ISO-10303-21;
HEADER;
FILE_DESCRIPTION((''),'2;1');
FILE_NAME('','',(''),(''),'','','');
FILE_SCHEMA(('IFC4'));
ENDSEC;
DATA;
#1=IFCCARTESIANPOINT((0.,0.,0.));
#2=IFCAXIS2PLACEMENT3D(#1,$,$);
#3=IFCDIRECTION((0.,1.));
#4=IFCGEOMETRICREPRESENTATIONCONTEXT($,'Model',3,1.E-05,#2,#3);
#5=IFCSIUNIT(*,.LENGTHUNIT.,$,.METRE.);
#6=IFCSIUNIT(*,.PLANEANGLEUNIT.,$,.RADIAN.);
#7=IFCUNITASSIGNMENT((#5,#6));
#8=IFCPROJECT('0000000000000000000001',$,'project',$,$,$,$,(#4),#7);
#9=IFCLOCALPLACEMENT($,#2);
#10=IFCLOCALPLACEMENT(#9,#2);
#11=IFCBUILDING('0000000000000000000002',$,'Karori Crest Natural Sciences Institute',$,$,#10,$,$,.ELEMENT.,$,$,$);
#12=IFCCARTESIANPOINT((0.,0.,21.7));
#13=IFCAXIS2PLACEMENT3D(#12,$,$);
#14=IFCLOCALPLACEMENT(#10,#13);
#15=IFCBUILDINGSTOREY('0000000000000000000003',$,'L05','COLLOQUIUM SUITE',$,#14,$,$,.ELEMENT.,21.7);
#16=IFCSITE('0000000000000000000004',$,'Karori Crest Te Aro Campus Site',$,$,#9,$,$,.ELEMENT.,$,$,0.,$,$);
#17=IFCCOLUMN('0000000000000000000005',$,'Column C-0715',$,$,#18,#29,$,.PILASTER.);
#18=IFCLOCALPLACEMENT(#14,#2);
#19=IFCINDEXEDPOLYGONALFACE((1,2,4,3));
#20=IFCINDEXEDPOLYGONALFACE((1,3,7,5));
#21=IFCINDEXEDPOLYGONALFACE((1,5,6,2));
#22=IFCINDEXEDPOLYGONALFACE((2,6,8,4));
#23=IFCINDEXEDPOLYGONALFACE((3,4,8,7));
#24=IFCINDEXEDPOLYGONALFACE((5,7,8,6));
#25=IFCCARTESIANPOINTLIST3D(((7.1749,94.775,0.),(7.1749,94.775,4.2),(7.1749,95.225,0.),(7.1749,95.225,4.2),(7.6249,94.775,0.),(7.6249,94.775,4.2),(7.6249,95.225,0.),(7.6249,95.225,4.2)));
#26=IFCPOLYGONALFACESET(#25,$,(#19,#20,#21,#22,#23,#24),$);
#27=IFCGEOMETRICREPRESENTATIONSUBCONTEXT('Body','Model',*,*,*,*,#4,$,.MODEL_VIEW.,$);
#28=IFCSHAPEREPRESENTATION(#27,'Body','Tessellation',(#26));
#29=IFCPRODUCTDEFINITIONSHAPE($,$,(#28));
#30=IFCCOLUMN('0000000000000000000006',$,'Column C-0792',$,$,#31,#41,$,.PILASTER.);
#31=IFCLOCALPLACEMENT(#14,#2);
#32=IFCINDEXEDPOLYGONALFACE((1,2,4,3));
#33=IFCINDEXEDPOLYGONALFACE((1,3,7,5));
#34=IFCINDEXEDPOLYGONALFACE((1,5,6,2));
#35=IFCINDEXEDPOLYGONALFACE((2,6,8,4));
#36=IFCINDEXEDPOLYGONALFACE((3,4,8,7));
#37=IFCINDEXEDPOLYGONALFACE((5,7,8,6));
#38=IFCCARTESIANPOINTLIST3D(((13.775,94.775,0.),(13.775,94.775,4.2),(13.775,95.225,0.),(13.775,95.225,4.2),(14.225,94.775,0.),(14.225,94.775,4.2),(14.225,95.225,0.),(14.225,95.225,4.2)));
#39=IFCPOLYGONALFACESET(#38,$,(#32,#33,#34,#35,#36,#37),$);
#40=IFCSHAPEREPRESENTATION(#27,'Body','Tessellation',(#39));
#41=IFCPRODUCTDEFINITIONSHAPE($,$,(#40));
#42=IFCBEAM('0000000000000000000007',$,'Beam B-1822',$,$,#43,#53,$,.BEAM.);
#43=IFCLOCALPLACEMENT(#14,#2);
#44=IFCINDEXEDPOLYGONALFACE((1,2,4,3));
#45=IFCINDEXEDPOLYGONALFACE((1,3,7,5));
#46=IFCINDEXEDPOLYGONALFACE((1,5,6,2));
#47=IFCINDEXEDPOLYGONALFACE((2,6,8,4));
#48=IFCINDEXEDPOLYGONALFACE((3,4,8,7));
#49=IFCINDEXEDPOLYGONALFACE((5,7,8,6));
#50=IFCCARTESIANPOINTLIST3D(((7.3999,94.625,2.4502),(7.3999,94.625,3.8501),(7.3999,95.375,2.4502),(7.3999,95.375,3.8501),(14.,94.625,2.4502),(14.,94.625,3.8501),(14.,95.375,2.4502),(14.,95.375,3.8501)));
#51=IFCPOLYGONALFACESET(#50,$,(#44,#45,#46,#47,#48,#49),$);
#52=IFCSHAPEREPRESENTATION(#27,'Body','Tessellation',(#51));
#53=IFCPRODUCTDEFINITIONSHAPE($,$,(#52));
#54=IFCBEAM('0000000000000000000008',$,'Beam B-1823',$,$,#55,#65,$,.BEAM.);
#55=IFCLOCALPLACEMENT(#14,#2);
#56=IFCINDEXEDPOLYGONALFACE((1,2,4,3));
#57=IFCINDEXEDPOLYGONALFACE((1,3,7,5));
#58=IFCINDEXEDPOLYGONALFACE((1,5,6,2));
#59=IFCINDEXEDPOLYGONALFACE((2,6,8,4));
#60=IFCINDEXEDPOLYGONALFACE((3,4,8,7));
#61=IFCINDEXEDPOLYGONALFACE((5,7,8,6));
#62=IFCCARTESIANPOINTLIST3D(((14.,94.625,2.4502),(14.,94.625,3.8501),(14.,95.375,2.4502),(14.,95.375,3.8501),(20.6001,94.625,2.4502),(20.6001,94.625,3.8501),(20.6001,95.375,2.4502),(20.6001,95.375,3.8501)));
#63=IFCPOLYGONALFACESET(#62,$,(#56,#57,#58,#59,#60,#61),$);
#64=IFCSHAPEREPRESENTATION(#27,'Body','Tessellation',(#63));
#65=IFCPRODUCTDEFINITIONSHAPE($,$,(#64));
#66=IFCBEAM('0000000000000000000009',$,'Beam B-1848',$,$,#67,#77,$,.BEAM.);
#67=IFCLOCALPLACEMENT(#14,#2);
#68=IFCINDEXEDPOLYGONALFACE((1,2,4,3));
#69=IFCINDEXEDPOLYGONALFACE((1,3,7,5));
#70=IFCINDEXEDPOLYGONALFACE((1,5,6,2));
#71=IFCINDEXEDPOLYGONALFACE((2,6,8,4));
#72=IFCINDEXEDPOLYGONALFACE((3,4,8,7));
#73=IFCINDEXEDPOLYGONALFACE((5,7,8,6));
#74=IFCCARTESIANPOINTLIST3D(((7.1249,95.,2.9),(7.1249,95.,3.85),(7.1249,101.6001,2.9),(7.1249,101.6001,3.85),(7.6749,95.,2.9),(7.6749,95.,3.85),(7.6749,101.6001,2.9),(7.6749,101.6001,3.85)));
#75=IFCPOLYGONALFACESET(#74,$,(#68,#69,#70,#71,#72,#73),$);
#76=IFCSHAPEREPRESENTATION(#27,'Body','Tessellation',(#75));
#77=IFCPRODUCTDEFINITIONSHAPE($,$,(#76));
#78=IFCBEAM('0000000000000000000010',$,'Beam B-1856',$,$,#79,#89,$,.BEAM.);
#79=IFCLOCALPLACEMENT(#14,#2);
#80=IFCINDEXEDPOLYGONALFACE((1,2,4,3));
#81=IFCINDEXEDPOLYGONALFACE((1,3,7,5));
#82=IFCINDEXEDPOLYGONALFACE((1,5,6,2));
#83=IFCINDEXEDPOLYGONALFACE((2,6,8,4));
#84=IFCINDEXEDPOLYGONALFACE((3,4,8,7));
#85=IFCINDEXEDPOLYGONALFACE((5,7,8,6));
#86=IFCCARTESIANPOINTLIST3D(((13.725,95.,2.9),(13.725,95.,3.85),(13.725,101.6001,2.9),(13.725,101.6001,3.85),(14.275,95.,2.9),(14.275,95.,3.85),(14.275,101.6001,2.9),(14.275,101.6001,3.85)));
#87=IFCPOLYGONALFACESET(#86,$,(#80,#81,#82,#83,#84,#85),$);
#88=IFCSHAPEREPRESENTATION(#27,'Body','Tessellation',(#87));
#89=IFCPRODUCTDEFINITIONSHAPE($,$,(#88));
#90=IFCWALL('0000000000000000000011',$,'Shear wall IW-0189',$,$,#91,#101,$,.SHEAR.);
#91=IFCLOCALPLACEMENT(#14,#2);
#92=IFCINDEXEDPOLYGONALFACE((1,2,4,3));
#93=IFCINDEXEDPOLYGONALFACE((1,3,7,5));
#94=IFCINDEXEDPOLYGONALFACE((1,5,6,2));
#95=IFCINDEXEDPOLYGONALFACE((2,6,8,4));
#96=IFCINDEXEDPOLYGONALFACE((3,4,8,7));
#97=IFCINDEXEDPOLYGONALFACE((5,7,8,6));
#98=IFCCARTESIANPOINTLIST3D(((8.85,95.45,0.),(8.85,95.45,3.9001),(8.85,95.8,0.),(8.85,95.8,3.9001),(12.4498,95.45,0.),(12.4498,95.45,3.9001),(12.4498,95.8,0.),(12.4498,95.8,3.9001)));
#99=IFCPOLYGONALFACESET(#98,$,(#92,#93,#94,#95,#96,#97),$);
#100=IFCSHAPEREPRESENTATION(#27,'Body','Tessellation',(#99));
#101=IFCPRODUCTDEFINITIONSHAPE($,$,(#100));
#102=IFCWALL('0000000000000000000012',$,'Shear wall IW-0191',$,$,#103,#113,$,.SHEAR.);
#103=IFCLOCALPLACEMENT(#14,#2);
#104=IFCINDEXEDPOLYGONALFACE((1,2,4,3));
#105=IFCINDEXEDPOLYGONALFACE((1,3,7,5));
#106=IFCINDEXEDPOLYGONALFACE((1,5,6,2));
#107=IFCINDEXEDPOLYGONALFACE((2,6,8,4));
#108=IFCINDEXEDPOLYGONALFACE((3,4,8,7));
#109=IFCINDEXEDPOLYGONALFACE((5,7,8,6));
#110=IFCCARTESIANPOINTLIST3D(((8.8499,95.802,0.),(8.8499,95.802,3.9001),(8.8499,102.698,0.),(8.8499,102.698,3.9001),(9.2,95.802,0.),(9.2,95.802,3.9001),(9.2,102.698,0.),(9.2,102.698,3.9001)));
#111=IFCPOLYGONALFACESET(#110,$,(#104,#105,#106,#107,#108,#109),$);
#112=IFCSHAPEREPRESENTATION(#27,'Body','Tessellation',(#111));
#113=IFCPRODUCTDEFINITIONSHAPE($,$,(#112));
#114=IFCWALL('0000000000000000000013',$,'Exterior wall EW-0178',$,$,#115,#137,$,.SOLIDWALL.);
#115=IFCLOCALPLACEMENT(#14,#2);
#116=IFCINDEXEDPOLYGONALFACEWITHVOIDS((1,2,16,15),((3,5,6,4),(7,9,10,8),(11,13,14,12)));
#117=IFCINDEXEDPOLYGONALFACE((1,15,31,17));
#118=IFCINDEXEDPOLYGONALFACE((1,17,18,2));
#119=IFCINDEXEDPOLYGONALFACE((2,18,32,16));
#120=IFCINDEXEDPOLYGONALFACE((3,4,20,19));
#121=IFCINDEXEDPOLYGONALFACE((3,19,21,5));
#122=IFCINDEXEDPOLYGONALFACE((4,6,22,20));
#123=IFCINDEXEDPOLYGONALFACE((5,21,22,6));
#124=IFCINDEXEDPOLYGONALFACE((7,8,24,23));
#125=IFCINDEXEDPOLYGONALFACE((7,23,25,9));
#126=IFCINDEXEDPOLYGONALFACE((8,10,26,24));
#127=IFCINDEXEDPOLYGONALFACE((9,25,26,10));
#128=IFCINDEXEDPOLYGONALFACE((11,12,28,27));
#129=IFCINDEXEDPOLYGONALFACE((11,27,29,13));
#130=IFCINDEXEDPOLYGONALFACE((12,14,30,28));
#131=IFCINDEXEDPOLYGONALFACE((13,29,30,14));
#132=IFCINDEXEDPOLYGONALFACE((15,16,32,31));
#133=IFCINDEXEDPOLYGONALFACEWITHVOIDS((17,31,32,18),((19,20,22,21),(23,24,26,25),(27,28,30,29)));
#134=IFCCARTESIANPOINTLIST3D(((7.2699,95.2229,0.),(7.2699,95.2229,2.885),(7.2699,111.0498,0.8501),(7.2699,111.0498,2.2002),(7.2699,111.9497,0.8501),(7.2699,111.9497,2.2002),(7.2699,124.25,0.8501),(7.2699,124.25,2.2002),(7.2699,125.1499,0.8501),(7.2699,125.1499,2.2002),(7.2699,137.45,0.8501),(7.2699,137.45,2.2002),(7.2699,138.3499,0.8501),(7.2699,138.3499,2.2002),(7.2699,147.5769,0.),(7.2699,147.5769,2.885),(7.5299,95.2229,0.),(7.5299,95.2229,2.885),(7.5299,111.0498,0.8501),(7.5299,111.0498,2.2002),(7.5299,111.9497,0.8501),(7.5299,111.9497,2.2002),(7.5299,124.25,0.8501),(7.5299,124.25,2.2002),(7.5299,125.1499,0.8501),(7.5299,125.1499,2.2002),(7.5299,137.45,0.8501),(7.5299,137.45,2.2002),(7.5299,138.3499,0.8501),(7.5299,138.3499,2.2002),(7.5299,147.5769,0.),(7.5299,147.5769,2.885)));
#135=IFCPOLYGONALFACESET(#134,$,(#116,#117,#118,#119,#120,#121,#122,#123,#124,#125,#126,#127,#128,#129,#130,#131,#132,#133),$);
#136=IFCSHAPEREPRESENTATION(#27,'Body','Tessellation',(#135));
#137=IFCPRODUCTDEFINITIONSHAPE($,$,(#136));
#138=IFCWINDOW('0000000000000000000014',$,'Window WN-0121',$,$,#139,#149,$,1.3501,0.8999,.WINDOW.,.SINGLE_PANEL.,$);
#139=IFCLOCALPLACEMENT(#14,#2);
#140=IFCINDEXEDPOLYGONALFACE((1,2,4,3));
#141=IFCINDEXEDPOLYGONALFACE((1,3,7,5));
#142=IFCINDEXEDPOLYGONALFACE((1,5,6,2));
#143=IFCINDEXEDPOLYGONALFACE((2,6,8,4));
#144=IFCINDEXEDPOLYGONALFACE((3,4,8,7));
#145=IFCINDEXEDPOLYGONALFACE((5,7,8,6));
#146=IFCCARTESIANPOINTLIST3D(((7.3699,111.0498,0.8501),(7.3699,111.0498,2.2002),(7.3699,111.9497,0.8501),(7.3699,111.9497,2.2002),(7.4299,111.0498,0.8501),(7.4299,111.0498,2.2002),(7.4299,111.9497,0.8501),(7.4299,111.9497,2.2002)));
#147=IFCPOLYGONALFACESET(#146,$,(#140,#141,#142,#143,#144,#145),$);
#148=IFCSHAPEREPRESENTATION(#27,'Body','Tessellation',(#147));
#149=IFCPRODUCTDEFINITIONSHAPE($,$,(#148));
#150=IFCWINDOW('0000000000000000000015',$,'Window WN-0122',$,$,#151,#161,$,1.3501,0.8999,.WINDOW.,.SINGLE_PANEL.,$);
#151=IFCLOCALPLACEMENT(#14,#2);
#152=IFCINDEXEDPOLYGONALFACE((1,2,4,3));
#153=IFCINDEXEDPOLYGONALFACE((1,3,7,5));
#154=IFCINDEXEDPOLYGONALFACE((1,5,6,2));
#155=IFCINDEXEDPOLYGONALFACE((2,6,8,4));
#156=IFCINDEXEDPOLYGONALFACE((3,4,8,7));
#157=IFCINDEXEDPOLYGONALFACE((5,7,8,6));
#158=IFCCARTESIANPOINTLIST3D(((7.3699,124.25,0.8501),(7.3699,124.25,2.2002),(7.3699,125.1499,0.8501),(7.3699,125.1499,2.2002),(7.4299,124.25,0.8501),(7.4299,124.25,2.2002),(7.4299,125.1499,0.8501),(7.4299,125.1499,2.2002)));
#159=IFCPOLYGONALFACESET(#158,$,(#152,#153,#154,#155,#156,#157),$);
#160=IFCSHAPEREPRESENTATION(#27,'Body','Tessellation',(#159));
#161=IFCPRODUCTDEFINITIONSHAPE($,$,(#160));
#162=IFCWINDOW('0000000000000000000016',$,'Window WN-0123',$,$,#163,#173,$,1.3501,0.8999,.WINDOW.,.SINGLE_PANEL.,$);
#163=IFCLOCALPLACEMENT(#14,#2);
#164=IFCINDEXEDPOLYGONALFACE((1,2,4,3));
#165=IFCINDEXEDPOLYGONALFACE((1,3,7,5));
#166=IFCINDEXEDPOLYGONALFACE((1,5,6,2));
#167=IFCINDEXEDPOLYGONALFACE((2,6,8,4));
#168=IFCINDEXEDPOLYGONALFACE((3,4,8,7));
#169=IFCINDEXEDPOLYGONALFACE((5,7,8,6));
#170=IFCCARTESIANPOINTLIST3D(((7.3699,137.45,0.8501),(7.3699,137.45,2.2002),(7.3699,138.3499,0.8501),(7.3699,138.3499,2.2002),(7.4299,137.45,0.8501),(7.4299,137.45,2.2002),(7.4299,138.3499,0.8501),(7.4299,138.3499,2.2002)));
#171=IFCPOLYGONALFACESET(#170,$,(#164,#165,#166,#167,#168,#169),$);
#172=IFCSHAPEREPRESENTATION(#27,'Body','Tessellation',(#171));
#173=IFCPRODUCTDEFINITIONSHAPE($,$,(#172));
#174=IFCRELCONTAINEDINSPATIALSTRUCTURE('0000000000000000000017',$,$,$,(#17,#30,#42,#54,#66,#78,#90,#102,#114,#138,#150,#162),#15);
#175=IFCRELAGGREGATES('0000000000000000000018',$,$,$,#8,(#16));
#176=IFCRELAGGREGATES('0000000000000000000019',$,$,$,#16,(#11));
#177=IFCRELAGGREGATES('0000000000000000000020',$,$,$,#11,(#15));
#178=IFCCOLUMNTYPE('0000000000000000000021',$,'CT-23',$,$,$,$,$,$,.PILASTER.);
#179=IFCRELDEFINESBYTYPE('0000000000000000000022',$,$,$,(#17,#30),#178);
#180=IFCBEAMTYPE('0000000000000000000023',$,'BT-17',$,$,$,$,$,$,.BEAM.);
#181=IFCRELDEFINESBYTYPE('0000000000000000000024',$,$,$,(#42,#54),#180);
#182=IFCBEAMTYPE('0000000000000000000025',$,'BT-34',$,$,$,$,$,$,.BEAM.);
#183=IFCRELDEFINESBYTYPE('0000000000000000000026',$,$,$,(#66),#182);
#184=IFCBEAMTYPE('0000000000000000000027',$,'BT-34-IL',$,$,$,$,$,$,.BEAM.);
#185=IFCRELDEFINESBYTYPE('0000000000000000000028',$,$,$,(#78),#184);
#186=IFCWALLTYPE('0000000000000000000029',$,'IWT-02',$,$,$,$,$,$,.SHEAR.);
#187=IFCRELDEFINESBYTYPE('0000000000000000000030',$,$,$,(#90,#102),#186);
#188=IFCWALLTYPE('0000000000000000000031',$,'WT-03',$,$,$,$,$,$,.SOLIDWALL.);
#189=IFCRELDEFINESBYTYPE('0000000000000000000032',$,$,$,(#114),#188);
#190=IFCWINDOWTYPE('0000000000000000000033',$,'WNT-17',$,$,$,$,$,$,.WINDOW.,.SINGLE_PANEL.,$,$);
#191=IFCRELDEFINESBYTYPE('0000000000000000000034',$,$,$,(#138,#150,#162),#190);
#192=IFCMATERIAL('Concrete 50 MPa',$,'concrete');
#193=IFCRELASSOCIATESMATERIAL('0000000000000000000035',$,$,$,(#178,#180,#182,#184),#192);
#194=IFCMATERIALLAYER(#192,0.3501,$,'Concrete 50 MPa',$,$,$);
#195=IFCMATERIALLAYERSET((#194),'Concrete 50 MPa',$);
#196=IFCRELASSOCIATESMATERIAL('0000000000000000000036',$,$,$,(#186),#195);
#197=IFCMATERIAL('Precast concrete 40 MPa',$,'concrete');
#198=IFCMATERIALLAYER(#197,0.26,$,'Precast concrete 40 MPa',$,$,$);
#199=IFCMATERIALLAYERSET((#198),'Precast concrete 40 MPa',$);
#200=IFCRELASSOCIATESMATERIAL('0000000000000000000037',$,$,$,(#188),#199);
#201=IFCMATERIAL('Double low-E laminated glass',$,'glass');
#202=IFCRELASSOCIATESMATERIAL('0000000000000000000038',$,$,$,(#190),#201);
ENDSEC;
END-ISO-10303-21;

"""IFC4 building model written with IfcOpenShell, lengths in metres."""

from ifc_helpers import new_model, si_unit, direction, frame, frame_2d, origin, origin_2d, place, context, subcontext, project, spatial, rectangle, extrude, material, layer, layer_set, material_profile, profile_set, type_object, element, fill, save


model = new_model("IFC4")

# Units and contexts
model_context = context("Model", 3, precision=1e-05, world=origin(), true_north=direction((0.0, 1.0)))
body_context = subcontext(model_context, "Body", "Model", "MODEL_VIEW")
ifc_project = project(units=[si_unit("LENGTHUNIT", "METRE"), si_unit("PLANEANGLEUNIT", "RADIAN")], contexts=[model_context])

# Site, building, storey
site_placement = place(None, origin())
site = spatial("IfcSite", under=ifc_project, at=site_placement, Name="Karori Crest Te Aro Campus Site", CompositionType="ELEMENT", RefElevation=0.0)
building_placement = place(site_placement, origin())
building = spatial("IfcBuilding", under=site, at=building_placement, Name="Karori Crest Natural Sciences Institute", CompositionType="ELEMENT")
storey_placement = place(building_placement, frame((0.0, 0.0, 21.7)))
storey = spatial("IfcBuildingStorey", under=building, at=storey_placement, Name="L05", Description="COLLOQUIUM SUITE", CompositionType="ELEMENT", Elevation=21.7)

# Columns
ifc_material_1 = material(Name="Concrete 50 MPa", Category="concrete")
ifc_material_profile_1 = material_profile(ifc_material_1, rectangle(XDim=0.45, YDim=0.45, at=origin_2d()), Name="RC450x450")
ifc_profile_set_1 = profile_set([ifc_material_profile_1], Name="Concrete 50 MPa")
column_type = type_object("IfcColumnType", Name="CT-23", PredefinedType="PILASTER", material=ifc_profile_set_1)
for number, where, z_axis, x_axis, name in (
    (1, (7.3999, 95.0, 0.0), (0.0, 0.0, 1.0), (1.0, 0.0, 0.0), "Column C-0715"),
    (2, (14.0, 95.0, 0.0), (0.0, 0.0, 1.0), (1.0, 0.0, 0.0), "Column C-0792"),
):
    element("IfcColumn", number, at=place(storey_placement, frame(where, z_axis=z_axis, x_axis=x_axis)), inside=storey, type_object=column_type, Name=name, PredefinedType="PILASTER", context=body_context, shape_type="SweptSolid", body=[
        extrude(rectangle(XDim=0.45, YDim=0.45, at=origin_2d()), origin(), (0.0, 0.0, 1.0), 4.2),
    ])

# Beams
ifc_material_profile_2 = material_profile(ifc_material_1, rectangle(XDim=0.75, YDim=1.3999, at=origin_2d()), Name="RCB750x1400")
ifc_profile_set_2 = profile_set([ifc_material_profile_2], Name="Concrete 50 MPa")
beam_type_1 = type_object("IfcBeamType", Name="BT-17", PredefinedType="BEAM", material=ifc_profile_set_2)
for number, where, z_axis, x_axis, name in (
    (3, (7.3999, 95.0, 3.1501), (1.0, 0.0, 0.0), (0.0, 1.0, 0.0), "Beam B-1822"),
    (4, (14.0, 95.0, 3.1501), (1.0, 0.0, 0.0), (0.0, 1.0, 0.0), "Beam B-1823"),
):
    element("IfcBeam", number, at=place(storey_placement, frame(where, z_axis=z_axis, x_axis=x_axis)), inside=storey, type_object=beam_type_1, Name=name, PredefinedType="BEAM", context=body_context, shape_type="SweptSolid", body=[
        extrude(rectangle(XDim=0.75, YDim=1.3999, at=origin_2d()), origin(), (0.0, 0.0, 1.0), 6.6001),
    ])
ifc_material_profile_3 = material_profile(ifc_material_1, rectangle(XDim=0.55, YDim=0.95, at=origin_2d()), Name="RCB550x950")
ifc_profile_set_3 = profile_set([ifc_material_profile_3], Name="Concrete 50 MPa")
beam_type_2 = type_object("IfcBeamType", Name="BT-34", PredefinedType="BEAM", material=ifc_profile_set_3)
beam_1_placement = place(storey_placement, frame((7.3999, 95.0, 3.375), z_axis=(0.0, 1.0, 0.0), x_axis=(-1.0, 0.0, 0.0)))
element("IfcBeam", 5, at=beam_1_placement, inside=storey, type_object=beam_type_2, Name="Beam B-1848", PredefinedType="BEAM", context=body_context, shape_type="SweptSolid", body=[
    extrude(rectangle(XDim=0.55, YDim=0.95, at=origin_2d()), origin(), (0.0, 0.0, 1.0), 6.6001),
])
ifc_material_profile_4 = material_profile(ifc_material_1, rectangle(XDim=0.55, YDim=0.95, at=origin_2d()), Name="RCB550x950")
ifc_profile_set_4 = profile_set([ifc_material_profile_4], Name="Concrete 50 MPa")
beam_type_3 = type_object("IfcBeamType", Name="BT-34-IL", PredefinedType="BEAM", material=ifc_profile_set_4)
beam_2_placement = place(storey_placement, frame((14.0, 95.0, 3.375), z_axis=(0.0, 1.0, 0.0), x_axis=(-1.0, 0.0, 0.0)))
element("IfcBeam", 6, at=beam_2_placement, inside=storey, type_object=beam_type_3, Name="Beam B-1856", PredefinedType="BEAM", context=body_context, shape_type="SweptSolid", body=[
    extrude(rectangle(XDim=0.55, YDim=0.95, at=origin_2d()), origin(), (0.0, 0.0, 1.0), 6.6001),
])

# Walls
ifc_layer_1 = layer(ifc_material_1, 0.3501, Name="Concrete 50 MPa")
ifc_layer_set_1 = layer_set([ifc_layer_1], Name="Concrete 50 MPa")
wall_type_1 = type_object("IfcWallType", Name="IWT-02", PredefinedType="SHEAR", material=ifc_layer_set_1)
wall_1_placement = place(storey_placement, frame((8.8501, 95.625, 0.0), z_axis=(0.0, 0.0, 1.0), x_axis=(1.0, 0.0, 0.0)))
element("IfcWall", 7, at=wall_1_placement, inside=storey, type_object=wall_type_1, Name="Shear wall IW-0189", PredefinedType="SHEAR", context=body_context, shape_type="SweptSolid", body=[
    extrude(rectangle(XDim=3.5999, YDim=0.3501, at=frame_2d((1.7998, 0.0))), origin(), (0.0, 0.0, 1.0), 3.9001),
])
wall_2_placement = place(storey_placement, frame((9.0249, 95.802, 0.0), z_axis=(0.0, 0.0, 1.0), x_axis=(0.0, 1.0, 0.0)))
element("IfcWall", 8, at=wall_2_placement, inside=storey, type_object=wall_type_1, Name="Shear wall IW-0191", PredefinedType="SHEAR", context=body_context, shape_type="SweptSolid", body=[
    extrude(rectangle(XDim=6.896, YDim=0.3501, at=frame_2d((3.448, 0.0))), origin(), (0.0, 0.0, 1.0), 3.9001),
])

# Wall, openings, windows
ifc_material_2 = material(Name="Precast concrete 40 MPa", Category="concrete")
ifc_layer_2 = layer(ifc_material_2, 0.26, Name="Precast concrete 40 MPa")
ifc_layer_set_2 = layer_set([ifc_layer_2], Name="Precast concrete 40 MPa")
wall_type_2 = type_object("IfcWallType", Name="WT-03", PredefinedType="SOLIDWALL", material=ifc_layer_set_2)
wall_3_placement = place(storey_placement, frame((7.3999, 95.2229, 0.0), z_axis=(0.0, 0.0, 1.0), x_axis=(0.0, 1.0, 0.0)))
wall_3 = element("IfcWall", 9, at=wall_3_placement, inside=storey, type_object=wall_type_2, Name="Exterior wall EW-0178", PredefinedType="SOLIDWALL", context=body_context, shape_type="SweptSolid", body=[
    extrude(rectangle(XDim=52.354, YDim=0.26, at=frame_2d((26.177, 0.0))), origin(), (0.0, 0.0, 1.0), 2.885),
])
opening_1_placement = place(wall_3_placement, frame((15.8269, 0.0, 0.8501)))
opening_1 = element("IfcOpeningElement", 10, at=opening_1_placement, cuts=wall_3, PredefinedType="OPENING", context=body_context, shape_type="SweptSolid", body=[
    extrude(rectangle(XDim=0.8999, YDim=1.3501, at=frame_2d((0.45, 0.675))), frame((0.0, 0.1401, 0.0), z_axis=(0.0, -1.0, 0.0), x_axis=(1.0, 0.0, 0.0)), (0.0, 0.0, 1.0), 0.28),
])
opening_2_placement = place(wall_3_placement, frame((29.0271, 0.0, 0.8501)))
opening_2 = element("IfcOpeningElement", 11, at=opening_2_placement, cuts=wall_3, PredefinedType="OPENING", context=body_context, shape_type="SweptSolid", body=[
    extrude(rectangle(XDim=0.8999, YDim=1.3501, at=frame_2d((0.45, 0.675))), frame((0.0, 0.1401, 0.0), z_axis=(0.0, -1.0, 0.0), x_axis=(1.0, 0.0, 0.0)), (0.0, 0.0, 1.0), 0.28),
])
opening_3_placement = place(wall_3_placement, frame((42.2271, 0.0, 0.8501)))
opening_3 = element("IfcOpeningElement", 12, at=opening_3_placement, cuts=wall_3, PredefinedType="OPENING", context=body_context, shape_type="SweptSolid", body=[
    extrude(rectangle(XDim=0.8999, YDim=1.3501, at=frame_2d((0.45, 0.675))), frame((0.0, 0.1401, 0.0), z_axis=(0.0, -1.0, 0.0), x_axis=(1.0, 0.0, 0.0)), (0.0, 0.0, 1.0), 0.28),
])
ifc_material_3 = material(Name="Double low-E laminated glass", Category="glass")
window_type = type_object("IfcWindowType", Name="WNT-17", PartitioningType="SINGLE_PANEL", PredefinedType="WINDOW", material=ifc_material_3)
window_1_placement = place(opening_1_placement, origin())
window_1 = element("IfcWindow", 13, at=window_1_placement, inside=storey, type_object=window_type, Name="Window WN-0121", OverallHeight=1.3501, OverallWidth=0.8999, PartitioningType="SINGLE_PANEL", PredefinedType="WINDOW", context=body_context, shape_type="SweptSolid", body=[
    extrude(rectangle(XDim=0.8999, YDim=1.3501, at=frame_2d((0.45, 0.675))), frame((0.0, 0.03, 0.0), z_axis=(0.0, -1.0, 0.0), x_axis=(1.0, 0.0, 0.0)), (0.0, 0.0, 1.0), 0.0601),
])
fill(opening_1, window_1)
window_2_placement = place(opening_2_placement, origin())
window_2 = element("IfcWindow", 14, at=window_2_placement, inside=storey, type_object=window_type, Name="Window WN-0122", OverallHeight=1.3501, OverallWidth=0.8999, PartitioningType="SINGLE_PANEL", PredefinedType="WINDOW", context=body_context, shape_type="SweptSolid", body=[
    extrude(rectangle(XDim=0.8999, YDim=1.3501, at=frame_2d((0.45, 0.675))), frame((0.0, 0.03, 0.0), z_axis=(0.0, -1.0, 0.0), x_axis=(1.0, 0.0, 0.0)), (0.0, 0.0, 1.0), 0.0601),
])
fill(opening_2, window_2)
window_3_placement = place(opening_3_placement, origin())
window_3 = element("IfcWindow", 15, at=window_3_placement, inside=storey, type_object=window_type, Name="Window WN-0123", OverallHeight=1.3501, OverallWidth=0.8999, PartitioningType="SINGLE_PANEL", PredefinedType="WINDOW", context=body_context, shape_type="SweptSolid", body=[
    extrude(rectangle(XDim=0.8999, YDim=1.3501, at=frame_2d((0.45, 0.675))), frame((0.0, 0.03, 0.0), z_axis=(0.0, -1.0, 0.0), x_axis=(1.0, 0.0, 0.0)), (0.0, 0.0, 1.0), 0.0601),
])
fill(opening_3, window_3)

save(model, "model.ifc")
